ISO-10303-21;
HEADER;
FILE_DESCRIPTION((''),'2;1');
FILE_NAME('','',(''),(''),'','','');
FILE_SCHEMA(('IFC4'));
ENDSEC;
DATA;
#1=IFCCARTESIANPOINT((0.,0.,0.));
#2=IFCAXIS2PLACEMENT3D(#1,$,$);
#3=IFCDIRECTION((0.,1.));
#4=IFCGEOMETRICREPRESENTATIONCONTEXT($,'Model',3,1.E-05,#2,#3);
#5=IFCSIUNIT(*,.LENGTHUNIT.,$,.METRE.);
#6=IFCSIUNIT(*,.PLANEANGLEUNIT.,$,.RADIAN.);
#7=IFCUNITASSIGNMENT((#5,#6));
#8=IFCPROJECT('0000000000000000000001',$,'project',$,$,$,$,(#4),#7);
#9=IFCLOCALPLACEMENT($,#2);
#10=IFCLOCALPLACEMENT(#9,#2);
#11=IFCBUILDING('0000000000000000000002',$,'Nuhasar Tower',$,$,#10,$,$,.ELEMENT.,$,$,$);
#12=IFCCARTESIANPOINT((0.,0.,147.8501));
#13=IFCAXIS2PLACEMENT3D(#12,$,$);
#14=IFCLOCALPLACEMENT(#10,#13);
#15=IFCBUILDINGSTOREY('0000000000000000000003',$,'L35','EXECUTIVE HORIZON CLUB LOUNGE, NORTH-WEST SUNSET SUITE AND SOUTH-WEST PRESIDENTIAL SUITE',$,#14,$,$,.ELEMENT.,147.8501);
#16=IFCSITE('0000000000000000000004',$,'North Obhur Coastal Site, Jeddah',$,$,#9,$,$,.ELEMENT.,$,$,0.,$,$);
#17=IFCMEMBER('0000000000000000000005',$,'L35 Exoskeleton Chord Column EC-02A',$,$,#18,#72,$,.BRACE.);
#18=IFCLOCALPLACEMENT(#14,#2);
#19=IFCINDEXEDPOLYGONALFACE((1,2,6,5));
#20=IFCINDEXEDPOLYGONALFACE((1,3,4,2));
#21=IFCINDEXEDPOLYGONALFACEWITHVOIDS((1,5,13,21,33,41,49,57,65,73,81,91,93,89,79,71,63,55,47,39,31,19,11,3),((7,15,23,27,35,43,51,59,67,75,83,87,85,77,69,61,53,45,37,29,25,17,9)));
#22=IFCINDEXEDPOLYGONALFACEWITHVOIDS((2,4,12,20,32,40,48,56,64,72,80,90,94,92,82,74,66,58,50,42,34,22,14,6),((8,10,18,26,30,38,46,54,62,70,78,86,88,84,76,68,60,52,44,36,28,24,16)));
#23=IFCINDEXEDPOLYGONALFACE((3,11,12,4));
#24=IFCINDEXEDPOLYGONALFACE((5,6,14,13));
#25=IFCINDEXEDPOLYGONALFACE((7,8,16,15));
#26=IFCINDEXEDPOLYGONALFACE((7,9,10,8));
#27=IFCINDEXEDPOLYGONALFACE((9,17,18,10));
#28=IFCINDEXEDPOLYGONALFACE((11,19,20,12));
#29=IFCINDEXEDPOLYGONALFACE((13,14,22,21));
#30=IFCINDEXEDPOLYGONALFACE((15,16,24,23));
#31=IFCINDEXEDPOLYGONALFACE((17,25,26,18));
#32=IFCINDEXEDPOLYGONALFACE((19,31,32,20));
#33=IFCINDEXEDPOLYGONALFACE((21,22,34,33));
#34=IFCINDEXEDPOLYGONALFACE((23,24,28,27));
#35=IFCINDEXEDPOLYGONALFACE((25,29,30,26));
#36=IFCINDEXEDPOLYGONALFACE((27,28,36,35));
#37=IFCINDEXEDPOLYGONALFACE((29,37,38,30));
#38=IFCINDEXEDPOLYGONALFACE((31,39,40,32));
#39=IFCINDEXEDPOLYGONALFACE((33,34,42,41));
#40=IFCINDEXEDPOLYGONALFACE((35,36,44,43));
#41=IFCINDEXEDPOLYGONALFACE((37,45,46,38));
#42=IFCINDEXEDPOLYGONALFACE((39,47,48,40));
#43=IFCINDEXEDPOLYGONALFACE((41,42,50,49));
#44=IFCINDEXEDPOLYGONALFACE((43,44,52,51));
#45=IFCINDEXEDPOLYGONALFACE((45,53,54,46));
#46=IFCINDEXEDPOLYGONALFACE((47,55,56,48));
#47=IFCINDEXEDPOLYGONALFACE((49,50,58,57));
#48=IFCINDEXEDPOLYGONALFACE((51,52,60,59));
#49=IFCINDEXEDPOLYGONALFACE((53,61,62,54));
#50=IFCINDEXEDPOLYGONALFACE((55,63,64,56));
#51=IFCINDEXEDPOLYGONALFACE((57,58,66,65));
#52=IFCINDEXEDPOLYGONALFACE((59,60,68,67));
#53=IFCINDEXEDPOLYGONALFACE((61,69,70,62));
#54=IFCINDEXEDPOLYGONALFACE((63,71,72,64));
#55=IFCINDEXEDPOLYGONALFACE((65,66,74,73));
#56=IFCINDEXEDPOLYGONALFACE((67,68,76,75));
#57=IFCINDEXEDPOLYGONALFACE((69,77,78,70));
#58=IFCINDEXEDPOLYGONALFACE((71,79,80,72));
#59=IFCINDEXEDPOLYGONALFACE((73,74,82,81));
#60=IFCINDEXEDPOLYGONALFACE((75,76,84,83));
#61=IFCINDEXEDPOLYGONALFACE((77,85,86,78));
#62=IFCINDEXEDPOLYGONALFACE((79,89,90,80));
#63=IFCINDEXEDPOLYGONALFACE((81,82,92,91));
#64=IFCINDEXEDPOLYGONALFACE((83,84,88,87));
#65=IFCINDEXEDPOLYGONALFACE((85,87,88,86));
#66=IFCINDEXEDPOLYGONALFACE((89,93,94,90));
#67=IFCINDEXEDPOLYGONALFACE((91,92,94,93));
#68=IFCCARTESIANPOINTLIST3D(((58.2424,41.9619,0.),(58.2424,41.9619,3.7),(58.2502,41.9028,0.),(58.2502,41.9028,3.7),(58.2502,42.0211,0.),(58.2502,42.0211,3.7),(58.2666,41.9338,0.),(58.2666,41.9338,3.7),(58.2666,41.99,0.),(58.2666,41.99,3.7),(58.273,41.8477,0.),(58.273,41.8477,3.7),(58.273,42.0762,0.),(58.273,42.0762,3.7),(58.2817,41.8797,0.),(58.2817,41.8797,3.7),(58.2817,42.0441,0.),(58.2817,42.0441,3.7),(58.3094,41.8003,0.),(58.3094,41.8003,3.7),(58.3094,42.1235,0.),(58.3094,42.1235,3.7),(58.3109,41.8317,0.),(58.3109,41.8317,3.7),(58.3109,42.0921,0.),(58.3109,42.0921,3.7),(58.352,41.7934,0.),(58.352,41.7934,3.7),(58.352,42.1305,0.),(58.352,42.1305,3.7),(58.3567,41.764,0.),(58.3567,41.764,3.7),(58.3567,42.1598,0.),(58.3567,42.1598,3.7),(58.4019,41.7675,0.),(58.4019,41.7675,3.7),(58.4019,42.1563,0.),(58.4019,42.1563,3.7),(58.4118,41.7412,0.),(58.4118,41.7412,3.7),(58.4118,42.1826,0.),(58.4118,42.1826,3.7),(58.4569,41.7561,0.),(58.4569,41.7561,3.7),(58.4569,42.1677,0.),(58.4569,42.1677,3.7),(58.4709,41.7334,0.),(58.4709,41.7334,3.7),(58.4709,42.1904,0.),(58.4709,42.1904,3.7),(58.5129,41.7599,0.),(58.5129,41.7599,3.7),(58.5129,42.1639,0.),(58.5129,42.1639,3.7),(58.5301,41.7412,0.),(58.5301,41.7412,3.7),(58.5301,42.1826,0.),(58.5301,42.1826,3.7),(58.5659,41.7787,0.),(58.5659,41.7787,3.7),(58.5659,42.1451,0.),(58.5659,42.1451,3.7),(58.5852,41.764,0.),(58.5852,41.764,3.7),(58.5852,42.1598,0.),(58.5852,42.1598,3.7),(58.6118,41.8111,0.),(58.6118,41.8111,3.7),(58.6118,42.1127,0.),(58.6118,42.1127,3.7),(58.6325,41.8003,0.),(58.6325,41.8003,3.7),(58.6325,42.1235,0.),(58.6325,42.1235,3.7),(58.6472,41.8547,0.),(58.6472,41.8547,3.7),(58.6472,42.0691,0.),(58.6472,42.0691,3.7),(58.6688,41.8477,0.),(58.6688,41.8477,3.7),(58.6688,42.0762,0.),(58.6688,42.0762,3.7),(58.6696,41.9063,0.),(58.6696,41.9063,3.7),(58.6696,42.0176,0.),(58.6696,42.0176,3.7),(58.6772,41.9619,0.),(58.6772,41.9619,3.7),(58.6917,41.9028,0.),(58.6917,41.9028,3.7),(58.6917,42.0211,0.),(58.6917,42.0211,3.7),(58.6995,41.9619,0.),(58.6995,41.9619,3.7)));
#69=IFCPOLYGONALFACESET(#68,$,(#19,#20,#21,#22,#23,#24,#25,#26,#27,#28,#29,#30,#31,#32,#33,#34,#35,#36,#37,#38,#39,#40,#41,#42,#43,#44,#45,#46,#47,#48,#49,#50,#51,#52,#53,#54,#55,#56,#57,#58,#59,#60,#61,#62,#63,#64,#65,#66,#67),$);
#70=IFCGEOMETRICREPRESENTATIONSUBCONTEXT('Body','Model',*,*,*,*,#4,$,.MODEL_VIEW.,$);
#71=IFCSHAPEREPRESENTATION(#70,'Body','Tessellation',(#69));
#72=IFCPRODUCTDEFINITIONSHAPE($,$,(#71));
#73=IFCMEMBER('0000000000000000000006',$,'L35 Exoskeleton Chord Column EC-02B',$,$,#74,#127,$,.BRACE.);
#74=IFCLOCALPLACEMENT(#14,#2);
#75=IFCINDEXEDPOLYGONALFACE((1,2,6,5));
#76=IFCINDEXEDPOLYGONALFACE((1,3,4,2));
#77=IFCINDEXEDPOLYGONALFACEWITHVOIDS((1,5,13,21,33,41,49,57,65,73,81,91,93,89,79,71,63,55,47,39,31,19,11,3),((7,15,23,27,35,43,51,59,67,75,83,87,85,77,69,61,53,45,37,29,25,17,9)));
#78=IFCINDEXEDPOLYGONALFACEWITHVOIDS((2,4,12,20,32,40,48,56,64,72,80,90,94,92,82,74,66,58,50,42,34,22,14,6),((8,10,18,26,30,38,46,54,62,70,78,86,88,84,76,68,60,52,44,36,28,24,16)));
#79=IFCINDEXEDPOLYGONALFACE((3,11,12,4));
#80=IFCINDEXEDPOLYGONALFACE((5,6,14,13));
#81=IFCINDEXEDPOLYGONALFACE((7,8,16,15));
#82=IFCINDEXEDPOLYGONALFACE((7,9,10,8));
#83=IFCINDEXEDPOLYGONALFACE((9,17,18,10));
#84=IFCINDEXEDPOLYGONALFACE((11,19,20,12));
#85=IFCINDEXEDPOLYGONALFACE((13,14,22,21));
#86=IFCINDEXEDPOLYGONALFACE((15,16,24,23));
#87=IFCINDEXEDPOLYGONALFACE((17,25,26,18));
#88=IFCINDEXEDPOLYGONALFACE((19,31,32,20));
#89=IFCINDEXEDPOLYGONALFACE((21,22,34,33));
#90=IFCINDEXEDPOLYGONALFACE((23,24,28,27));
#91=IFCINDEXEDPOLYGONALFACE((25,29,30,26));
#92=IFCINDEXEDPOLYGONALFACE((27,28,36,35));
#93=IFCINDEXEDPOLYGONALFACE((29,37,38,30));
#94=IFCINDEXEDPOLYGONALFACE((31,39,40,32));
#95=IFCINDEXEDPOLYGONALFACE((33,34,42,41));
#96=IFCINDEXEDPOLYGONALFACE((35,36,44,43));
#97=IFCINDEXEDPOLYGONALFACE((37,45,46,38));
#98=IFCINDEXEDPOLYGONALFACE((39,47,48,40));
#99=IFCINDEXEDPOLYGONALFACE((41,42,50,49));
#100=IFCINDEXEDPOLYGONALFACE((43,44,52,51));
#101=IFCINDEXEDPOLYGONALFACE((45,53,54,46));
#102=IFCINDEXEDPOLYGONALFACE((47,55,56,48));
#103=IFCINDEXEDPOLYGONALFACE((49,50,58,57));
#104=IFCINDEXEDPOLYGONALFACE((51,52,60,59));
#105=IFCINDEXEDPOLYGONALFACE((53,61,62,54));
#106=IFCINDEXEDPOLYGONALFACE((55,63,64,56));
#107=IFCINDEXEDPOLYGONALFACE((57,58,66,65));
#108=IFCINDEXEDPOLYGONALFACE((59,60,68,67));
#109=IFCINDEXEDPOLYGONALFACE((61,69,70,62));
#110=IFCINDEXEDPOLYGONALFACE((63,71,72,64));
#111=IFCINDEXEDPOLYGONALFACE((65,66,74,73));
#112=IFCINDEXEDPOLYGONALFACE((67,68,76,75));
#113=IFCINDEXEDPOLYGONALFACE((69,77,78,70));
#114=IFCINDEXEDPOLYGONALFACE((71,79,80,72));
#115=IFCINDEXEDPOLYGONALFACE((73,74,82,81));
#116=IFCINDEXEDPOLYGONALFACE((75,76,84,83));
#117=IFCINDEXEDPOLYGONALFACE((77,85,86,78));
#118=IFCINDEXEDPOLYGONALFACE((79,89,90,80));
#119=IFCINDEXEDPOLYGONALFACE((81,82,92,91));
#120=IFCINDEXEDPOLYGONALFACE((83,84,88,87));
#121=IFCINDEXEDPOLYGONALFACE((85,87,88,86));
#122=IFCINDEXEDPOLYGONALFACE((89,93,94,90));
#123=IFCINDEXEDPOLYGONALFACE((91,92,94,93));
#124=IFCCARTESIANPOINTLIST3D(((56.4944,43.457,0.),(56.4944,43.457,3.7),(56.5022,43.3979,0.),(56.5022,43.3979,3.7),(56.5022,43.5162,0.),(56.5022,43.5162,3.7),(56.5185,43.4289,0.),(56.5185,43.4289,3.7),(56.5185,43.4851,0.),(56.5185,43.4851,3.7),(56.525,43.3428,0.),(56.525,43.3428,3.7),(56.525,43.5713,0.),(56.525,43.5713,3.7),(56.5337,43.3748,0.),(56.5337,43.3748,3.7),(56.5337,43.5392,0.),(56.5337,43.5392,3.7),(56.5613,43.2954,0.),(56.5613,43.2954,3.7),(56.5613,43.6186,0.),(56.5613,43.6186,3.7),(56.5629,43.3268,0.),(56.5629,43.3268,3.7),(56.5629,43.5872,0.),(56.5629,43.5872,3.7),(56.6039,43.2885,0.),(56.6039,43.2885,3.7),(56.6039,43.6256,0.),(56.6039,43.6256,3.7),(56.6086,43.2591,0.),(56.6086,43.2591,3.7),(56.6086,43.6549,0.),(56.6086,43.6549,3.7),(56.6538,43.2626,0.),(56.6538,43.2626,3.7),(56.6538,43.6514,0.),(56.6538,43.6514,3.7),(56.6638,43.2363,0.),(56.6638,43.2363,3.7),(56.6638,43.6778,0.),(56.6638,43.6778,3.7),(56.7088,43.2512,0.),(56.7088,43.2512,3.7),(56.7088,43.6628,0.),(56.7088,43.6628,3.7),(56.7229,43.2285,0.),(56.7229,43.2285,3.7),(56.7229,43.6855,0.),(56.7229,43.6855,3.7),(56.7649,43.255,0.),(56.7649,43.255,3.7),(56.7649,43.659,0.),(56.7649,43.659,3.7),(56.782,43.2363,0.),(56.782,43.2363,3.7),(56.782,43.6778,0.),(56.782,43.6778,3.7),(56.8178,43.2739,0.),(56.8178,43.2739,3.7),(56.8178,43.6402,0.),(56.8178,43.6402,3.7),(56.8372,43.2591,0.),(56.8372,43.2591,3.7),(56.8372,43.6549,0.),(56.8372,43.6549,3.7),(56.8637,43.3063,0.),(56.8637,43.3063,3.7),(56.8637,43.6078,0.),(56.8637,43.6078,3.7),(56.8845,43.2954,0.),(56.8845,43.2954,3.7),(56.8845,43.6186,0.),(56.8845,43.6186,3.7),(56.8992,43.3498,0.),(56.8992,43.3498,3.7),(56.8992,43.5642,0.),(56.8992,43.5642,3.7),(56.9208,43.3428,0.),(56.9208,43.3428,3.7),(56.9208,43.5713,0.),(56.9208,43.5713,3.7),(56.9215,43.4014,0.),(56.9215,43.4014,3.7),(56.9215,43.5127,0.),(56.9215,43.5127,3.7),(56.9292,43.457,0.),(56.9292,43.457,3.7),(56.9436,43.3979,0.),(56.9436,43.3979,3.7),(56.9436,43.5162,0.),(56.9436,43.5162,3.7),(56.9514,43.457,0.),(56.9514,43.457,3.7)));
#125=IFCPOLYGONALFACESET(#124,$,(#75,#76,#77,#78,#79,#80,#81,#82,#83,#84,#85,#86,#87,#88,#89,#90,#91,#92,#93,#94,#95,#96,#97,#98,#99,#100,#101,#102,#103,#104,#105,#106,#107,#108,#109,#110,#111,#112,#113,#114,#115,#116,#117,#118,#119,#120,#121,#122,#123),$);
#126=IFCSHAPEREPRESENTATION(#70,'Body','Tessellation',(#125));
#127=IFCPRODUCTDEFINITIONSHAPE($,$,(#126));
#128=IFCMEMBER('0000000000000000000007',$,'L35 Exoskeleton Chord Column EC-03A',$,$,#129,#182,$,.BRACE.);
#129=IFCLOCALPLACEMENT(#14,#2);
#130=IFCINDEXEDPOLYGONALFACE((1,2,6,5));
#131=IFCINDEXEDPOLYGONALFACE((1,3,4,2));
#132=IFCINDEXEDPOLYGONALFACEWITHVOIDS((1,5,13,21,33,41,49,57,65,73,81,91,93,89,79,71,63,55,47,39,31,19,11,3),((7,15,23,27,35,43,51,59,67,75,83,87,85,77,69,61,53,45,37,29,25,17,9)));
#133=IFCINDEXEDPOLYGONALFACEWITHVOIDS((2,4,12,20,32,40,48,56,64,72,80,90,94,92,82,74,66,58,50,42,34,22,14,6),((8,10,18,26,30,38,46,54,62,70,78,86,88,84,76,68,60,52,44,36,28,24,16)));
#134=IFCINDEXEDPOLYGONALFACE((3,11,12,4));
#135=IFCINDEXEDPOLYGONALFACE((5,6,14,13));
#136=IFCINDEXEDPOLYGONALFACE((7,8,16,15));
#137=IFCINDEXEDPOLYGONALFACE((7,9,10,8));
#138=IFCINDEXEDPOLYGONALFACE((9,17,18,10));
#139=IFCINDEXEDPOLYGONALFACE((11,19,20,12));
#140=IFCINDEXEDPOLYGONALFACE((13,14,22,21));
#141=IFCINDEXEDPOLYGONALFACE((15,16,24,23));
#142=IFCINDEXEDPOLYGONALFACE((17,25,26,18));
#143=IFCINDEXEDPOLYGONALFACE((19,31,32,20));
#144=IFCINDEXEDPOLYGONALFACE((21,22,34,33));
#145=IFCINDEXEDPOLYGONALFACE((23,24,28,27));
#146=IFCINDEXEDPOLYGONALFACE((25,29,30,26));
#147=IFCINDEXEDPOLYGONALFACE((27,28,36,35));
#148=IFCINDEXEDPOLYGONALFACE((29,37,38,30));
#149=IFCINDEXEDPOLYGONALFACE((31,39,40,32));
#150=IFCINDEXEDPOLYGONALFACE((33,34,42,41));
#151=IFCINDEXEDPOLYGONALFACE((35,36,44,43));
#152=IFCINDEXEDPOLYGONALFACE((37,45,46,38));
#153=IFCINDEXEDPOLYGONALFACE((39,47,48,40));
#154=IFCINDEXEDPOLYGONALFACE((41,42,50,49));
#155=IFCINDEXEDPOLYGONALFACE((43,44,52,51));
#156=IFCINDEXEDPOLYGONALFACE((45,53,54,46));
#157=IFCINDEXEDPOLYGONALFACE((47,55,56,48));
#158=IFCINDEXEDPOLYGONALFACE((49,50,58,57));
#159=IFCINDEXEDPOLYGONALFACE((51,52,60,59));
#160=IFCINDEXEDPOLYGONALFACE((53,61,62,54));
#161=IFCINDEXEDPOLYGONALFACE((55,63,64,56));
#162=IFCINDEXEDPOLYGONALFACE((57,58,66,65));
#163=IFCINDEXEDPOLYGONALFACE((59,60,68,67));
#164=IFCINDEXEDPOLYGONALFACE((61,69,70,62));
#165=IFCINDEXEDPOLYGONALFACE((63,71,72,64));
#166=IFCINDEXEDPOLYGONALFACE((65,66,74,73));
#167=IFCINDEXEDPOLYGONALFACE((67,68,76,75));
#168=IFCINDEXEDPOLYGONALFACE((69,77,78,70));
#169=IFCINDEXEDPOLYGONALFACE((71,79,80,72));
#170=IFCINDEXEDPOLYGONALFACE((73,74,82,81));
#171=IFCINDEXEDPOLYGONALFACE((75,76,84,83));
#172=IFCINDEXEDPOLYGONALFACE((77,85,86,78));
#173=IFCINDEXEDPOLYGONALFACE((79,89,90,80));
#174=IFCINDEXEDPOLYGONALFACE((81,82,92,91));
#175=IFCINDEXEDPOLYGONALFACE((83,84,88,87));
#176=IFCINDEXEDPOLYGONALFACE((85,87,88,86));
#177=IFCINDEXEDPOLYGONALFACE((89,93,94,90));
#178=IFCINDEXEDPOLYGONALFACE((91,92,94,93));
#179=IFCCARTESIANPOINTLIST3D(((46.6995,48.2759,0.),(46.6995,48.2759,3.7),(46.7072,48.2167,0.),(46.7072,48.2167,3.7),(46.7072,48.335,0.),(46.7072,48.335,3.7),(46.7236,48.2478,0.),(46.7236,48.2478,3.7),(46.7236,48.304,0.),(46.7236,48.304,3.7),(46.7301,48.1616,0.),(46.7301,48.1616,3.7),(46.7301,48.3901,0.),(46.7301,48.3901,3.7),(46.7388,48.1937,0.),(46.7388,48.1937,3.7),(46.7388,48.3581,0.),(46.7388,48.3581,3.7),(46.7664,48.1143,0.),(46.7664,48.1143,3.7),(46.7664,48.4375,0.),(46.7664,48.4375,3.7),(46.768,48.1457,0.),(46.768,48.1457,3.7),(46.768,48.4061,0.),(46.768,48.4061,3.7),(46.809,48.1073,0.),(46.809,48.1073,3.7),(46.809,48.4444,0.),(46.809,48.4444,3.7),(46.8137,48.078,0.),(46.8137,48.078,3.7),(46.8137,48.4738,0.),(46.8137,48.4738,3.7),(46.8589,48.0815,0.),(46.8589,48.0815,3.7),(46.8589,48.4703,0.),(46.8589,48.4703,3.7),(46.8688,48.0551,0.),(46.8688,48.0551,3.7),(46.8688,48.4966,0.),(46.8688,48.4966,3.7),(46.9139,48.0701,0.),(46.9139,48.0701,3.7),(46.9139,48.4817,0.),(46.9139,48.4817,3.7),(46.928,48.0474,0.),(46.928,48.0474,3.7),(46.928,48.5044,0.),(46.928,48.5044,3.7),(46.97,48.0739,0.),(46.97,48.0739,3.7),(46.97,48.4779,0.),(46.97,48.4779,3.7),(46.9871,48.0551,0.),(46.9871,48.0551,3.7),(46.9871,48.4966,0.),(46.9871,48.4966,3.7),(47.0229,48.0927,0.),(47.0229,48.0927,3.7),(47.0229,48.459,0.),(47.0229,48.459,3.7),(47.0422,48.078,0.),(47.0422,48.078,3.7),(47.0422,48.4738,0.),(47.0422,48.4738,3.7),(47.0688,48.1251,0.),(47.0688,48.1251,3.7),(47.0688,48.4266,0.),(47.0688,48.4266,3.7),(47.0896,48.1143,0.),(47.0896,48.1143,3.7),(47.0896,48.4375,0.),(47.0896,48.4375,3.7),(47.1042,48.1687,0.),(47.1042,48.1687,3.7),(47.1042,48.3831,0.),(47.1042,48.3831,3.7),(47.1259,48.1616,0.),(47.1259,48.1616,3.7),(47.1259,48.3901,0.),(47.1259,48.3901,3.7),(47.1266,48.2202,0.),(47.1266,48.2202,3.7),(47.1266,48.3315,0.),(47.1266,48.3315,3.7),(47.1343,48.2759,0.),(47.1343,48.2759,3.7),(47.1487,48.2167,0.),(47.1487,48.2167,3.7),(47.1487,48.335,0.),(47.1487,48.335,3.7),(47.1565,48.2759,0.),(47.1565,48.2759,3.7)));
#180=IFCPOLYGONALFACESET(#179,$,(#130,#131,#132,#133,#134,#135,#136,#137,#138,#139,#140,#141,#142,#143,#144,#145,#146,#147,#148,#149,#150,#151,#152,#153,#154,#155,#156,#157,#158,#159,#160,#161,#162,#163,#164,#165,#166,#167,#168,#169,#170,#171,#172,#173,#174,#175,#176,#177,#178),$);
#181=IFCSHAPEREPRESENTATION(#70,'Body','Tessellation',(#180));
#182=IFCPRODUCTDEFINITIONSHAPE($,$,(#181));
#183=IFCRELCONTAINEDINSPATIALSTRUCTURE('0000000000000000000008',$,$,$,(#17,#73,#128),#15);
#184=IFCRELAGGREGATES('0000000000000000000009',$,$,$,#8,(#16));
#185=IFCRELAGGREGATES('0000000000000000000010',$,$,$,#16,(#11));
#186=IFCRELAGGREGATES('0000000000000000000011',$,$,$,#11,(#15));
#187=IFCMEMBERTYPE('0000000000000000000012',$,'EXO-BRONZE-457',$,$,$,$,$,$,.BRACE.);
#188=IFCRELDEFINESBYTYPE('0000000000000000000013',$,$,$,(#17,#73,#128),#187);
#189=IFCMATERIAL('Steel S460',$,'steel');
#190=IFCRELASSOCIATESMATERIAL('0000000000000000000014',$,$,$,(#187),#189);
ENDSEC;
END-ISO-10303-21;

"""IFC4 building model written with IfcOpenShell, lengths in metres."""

from ifc_helpers import new_model, si_unit, direction, frame, origin, origin_2d, place, context, subcontext, project, spatial, hollow_circle, extrude, material, material_profile, profile_set, type_object, element, save


model = new_model("IFC4")

# Units and contexts
model_context = context("Model", 3, precision=1e-05, world=origin(), true_north=direction((0.0, 1.0)))
body_context = subcontext(model_context, "Body", "Model", "MODEL_VIEW")
ifc_project = project(units=[si_unit("LENGTHUNIT", "METRE"), si_unit("PLANEANGLEUNIT", "RADIAN")], contexts=[model_context])

# Site, building, storey
site_placement = place(None, origin())
site = spatial("IfcSite", under=ifc_project, at=site_placement, Name="North Obhur Coastal Site, Jeddah", CompositionType="ELEMENT", RefElevation=0.0)
building_placement = place(site_placement, origin())
building = spatial("IfcBuilding", under=site, at=building_placement, Name="Nuhasar Tower", CompositionType="ELEMENT")
storey_placement = place(building_placement, frame((0.0, 0.0, 147.8501)))
storey = spatial("IfcBuildingStorey", under=building, at=storey_placement, Name="L35", Description="EXECUTIVE HORIZON CLUB LOUNGE, NORTH-WEST SUNSET SUITE AND SOUTH-WEST PRESIDENTIAL SUITE", CompositionType="ELEMENT", Elevation=147.8501)

# Members
ifc_material_1 = material(Name="Steel S460", Category="steel")
ifc_material_profile_1 = material_profile(ifc_material_1, hollow_circle(Radius=0.2285, WallThickness=0.0222, at=origin_2d()), Name="HSS457X22.2")
ifc_profile_set_1 = profile_set([ifc_material_profile_1], Name="Steel S460")
member_type_1 = type_object("IfcMemberType", Name="EXO-BRONZE-457", PredefinedType="BRACE", material=ifc_profile_set_1)
for number, where, z_axis, x_axis, name in (
    (1, (58.4709, 41.9619, 0.0), (0.0, 0.0, 1.0), (1.0, 0.0, 0.0), "L35 Exoskeleton Chord Column EC-02A"),
    (2, (56.7229, 43.457, 0.0), (0.0, 0.0, 1.0), (1.0, 0.0, 0.0), "L35 Exoskeleton Chord Column EC-02B"),
    (3, (46.928, 48.2759, 0.0), (0.0, 0.0, 1.0), (1.0, 0.0, 0.0), "L35 Exoskeleton Chord Column EC-03A"),
):
    element("IfcMember", number, at=place(storey_placement, frame(where, z_axis=z_axis, x_axis=x_axis)), inside=storey, type_object=member_type_1, Name=name, PredefinedType="BRACE", context=body_context, shape_type="SweptSolid", body=[
        extrude(hollow_circle(Radius=0.2285, WallThickness=0.0222, at=origin_2d()), origin(), (0.0, 0.0, 1.0), 3.7),
    ])

save(model, "model.ifc")
